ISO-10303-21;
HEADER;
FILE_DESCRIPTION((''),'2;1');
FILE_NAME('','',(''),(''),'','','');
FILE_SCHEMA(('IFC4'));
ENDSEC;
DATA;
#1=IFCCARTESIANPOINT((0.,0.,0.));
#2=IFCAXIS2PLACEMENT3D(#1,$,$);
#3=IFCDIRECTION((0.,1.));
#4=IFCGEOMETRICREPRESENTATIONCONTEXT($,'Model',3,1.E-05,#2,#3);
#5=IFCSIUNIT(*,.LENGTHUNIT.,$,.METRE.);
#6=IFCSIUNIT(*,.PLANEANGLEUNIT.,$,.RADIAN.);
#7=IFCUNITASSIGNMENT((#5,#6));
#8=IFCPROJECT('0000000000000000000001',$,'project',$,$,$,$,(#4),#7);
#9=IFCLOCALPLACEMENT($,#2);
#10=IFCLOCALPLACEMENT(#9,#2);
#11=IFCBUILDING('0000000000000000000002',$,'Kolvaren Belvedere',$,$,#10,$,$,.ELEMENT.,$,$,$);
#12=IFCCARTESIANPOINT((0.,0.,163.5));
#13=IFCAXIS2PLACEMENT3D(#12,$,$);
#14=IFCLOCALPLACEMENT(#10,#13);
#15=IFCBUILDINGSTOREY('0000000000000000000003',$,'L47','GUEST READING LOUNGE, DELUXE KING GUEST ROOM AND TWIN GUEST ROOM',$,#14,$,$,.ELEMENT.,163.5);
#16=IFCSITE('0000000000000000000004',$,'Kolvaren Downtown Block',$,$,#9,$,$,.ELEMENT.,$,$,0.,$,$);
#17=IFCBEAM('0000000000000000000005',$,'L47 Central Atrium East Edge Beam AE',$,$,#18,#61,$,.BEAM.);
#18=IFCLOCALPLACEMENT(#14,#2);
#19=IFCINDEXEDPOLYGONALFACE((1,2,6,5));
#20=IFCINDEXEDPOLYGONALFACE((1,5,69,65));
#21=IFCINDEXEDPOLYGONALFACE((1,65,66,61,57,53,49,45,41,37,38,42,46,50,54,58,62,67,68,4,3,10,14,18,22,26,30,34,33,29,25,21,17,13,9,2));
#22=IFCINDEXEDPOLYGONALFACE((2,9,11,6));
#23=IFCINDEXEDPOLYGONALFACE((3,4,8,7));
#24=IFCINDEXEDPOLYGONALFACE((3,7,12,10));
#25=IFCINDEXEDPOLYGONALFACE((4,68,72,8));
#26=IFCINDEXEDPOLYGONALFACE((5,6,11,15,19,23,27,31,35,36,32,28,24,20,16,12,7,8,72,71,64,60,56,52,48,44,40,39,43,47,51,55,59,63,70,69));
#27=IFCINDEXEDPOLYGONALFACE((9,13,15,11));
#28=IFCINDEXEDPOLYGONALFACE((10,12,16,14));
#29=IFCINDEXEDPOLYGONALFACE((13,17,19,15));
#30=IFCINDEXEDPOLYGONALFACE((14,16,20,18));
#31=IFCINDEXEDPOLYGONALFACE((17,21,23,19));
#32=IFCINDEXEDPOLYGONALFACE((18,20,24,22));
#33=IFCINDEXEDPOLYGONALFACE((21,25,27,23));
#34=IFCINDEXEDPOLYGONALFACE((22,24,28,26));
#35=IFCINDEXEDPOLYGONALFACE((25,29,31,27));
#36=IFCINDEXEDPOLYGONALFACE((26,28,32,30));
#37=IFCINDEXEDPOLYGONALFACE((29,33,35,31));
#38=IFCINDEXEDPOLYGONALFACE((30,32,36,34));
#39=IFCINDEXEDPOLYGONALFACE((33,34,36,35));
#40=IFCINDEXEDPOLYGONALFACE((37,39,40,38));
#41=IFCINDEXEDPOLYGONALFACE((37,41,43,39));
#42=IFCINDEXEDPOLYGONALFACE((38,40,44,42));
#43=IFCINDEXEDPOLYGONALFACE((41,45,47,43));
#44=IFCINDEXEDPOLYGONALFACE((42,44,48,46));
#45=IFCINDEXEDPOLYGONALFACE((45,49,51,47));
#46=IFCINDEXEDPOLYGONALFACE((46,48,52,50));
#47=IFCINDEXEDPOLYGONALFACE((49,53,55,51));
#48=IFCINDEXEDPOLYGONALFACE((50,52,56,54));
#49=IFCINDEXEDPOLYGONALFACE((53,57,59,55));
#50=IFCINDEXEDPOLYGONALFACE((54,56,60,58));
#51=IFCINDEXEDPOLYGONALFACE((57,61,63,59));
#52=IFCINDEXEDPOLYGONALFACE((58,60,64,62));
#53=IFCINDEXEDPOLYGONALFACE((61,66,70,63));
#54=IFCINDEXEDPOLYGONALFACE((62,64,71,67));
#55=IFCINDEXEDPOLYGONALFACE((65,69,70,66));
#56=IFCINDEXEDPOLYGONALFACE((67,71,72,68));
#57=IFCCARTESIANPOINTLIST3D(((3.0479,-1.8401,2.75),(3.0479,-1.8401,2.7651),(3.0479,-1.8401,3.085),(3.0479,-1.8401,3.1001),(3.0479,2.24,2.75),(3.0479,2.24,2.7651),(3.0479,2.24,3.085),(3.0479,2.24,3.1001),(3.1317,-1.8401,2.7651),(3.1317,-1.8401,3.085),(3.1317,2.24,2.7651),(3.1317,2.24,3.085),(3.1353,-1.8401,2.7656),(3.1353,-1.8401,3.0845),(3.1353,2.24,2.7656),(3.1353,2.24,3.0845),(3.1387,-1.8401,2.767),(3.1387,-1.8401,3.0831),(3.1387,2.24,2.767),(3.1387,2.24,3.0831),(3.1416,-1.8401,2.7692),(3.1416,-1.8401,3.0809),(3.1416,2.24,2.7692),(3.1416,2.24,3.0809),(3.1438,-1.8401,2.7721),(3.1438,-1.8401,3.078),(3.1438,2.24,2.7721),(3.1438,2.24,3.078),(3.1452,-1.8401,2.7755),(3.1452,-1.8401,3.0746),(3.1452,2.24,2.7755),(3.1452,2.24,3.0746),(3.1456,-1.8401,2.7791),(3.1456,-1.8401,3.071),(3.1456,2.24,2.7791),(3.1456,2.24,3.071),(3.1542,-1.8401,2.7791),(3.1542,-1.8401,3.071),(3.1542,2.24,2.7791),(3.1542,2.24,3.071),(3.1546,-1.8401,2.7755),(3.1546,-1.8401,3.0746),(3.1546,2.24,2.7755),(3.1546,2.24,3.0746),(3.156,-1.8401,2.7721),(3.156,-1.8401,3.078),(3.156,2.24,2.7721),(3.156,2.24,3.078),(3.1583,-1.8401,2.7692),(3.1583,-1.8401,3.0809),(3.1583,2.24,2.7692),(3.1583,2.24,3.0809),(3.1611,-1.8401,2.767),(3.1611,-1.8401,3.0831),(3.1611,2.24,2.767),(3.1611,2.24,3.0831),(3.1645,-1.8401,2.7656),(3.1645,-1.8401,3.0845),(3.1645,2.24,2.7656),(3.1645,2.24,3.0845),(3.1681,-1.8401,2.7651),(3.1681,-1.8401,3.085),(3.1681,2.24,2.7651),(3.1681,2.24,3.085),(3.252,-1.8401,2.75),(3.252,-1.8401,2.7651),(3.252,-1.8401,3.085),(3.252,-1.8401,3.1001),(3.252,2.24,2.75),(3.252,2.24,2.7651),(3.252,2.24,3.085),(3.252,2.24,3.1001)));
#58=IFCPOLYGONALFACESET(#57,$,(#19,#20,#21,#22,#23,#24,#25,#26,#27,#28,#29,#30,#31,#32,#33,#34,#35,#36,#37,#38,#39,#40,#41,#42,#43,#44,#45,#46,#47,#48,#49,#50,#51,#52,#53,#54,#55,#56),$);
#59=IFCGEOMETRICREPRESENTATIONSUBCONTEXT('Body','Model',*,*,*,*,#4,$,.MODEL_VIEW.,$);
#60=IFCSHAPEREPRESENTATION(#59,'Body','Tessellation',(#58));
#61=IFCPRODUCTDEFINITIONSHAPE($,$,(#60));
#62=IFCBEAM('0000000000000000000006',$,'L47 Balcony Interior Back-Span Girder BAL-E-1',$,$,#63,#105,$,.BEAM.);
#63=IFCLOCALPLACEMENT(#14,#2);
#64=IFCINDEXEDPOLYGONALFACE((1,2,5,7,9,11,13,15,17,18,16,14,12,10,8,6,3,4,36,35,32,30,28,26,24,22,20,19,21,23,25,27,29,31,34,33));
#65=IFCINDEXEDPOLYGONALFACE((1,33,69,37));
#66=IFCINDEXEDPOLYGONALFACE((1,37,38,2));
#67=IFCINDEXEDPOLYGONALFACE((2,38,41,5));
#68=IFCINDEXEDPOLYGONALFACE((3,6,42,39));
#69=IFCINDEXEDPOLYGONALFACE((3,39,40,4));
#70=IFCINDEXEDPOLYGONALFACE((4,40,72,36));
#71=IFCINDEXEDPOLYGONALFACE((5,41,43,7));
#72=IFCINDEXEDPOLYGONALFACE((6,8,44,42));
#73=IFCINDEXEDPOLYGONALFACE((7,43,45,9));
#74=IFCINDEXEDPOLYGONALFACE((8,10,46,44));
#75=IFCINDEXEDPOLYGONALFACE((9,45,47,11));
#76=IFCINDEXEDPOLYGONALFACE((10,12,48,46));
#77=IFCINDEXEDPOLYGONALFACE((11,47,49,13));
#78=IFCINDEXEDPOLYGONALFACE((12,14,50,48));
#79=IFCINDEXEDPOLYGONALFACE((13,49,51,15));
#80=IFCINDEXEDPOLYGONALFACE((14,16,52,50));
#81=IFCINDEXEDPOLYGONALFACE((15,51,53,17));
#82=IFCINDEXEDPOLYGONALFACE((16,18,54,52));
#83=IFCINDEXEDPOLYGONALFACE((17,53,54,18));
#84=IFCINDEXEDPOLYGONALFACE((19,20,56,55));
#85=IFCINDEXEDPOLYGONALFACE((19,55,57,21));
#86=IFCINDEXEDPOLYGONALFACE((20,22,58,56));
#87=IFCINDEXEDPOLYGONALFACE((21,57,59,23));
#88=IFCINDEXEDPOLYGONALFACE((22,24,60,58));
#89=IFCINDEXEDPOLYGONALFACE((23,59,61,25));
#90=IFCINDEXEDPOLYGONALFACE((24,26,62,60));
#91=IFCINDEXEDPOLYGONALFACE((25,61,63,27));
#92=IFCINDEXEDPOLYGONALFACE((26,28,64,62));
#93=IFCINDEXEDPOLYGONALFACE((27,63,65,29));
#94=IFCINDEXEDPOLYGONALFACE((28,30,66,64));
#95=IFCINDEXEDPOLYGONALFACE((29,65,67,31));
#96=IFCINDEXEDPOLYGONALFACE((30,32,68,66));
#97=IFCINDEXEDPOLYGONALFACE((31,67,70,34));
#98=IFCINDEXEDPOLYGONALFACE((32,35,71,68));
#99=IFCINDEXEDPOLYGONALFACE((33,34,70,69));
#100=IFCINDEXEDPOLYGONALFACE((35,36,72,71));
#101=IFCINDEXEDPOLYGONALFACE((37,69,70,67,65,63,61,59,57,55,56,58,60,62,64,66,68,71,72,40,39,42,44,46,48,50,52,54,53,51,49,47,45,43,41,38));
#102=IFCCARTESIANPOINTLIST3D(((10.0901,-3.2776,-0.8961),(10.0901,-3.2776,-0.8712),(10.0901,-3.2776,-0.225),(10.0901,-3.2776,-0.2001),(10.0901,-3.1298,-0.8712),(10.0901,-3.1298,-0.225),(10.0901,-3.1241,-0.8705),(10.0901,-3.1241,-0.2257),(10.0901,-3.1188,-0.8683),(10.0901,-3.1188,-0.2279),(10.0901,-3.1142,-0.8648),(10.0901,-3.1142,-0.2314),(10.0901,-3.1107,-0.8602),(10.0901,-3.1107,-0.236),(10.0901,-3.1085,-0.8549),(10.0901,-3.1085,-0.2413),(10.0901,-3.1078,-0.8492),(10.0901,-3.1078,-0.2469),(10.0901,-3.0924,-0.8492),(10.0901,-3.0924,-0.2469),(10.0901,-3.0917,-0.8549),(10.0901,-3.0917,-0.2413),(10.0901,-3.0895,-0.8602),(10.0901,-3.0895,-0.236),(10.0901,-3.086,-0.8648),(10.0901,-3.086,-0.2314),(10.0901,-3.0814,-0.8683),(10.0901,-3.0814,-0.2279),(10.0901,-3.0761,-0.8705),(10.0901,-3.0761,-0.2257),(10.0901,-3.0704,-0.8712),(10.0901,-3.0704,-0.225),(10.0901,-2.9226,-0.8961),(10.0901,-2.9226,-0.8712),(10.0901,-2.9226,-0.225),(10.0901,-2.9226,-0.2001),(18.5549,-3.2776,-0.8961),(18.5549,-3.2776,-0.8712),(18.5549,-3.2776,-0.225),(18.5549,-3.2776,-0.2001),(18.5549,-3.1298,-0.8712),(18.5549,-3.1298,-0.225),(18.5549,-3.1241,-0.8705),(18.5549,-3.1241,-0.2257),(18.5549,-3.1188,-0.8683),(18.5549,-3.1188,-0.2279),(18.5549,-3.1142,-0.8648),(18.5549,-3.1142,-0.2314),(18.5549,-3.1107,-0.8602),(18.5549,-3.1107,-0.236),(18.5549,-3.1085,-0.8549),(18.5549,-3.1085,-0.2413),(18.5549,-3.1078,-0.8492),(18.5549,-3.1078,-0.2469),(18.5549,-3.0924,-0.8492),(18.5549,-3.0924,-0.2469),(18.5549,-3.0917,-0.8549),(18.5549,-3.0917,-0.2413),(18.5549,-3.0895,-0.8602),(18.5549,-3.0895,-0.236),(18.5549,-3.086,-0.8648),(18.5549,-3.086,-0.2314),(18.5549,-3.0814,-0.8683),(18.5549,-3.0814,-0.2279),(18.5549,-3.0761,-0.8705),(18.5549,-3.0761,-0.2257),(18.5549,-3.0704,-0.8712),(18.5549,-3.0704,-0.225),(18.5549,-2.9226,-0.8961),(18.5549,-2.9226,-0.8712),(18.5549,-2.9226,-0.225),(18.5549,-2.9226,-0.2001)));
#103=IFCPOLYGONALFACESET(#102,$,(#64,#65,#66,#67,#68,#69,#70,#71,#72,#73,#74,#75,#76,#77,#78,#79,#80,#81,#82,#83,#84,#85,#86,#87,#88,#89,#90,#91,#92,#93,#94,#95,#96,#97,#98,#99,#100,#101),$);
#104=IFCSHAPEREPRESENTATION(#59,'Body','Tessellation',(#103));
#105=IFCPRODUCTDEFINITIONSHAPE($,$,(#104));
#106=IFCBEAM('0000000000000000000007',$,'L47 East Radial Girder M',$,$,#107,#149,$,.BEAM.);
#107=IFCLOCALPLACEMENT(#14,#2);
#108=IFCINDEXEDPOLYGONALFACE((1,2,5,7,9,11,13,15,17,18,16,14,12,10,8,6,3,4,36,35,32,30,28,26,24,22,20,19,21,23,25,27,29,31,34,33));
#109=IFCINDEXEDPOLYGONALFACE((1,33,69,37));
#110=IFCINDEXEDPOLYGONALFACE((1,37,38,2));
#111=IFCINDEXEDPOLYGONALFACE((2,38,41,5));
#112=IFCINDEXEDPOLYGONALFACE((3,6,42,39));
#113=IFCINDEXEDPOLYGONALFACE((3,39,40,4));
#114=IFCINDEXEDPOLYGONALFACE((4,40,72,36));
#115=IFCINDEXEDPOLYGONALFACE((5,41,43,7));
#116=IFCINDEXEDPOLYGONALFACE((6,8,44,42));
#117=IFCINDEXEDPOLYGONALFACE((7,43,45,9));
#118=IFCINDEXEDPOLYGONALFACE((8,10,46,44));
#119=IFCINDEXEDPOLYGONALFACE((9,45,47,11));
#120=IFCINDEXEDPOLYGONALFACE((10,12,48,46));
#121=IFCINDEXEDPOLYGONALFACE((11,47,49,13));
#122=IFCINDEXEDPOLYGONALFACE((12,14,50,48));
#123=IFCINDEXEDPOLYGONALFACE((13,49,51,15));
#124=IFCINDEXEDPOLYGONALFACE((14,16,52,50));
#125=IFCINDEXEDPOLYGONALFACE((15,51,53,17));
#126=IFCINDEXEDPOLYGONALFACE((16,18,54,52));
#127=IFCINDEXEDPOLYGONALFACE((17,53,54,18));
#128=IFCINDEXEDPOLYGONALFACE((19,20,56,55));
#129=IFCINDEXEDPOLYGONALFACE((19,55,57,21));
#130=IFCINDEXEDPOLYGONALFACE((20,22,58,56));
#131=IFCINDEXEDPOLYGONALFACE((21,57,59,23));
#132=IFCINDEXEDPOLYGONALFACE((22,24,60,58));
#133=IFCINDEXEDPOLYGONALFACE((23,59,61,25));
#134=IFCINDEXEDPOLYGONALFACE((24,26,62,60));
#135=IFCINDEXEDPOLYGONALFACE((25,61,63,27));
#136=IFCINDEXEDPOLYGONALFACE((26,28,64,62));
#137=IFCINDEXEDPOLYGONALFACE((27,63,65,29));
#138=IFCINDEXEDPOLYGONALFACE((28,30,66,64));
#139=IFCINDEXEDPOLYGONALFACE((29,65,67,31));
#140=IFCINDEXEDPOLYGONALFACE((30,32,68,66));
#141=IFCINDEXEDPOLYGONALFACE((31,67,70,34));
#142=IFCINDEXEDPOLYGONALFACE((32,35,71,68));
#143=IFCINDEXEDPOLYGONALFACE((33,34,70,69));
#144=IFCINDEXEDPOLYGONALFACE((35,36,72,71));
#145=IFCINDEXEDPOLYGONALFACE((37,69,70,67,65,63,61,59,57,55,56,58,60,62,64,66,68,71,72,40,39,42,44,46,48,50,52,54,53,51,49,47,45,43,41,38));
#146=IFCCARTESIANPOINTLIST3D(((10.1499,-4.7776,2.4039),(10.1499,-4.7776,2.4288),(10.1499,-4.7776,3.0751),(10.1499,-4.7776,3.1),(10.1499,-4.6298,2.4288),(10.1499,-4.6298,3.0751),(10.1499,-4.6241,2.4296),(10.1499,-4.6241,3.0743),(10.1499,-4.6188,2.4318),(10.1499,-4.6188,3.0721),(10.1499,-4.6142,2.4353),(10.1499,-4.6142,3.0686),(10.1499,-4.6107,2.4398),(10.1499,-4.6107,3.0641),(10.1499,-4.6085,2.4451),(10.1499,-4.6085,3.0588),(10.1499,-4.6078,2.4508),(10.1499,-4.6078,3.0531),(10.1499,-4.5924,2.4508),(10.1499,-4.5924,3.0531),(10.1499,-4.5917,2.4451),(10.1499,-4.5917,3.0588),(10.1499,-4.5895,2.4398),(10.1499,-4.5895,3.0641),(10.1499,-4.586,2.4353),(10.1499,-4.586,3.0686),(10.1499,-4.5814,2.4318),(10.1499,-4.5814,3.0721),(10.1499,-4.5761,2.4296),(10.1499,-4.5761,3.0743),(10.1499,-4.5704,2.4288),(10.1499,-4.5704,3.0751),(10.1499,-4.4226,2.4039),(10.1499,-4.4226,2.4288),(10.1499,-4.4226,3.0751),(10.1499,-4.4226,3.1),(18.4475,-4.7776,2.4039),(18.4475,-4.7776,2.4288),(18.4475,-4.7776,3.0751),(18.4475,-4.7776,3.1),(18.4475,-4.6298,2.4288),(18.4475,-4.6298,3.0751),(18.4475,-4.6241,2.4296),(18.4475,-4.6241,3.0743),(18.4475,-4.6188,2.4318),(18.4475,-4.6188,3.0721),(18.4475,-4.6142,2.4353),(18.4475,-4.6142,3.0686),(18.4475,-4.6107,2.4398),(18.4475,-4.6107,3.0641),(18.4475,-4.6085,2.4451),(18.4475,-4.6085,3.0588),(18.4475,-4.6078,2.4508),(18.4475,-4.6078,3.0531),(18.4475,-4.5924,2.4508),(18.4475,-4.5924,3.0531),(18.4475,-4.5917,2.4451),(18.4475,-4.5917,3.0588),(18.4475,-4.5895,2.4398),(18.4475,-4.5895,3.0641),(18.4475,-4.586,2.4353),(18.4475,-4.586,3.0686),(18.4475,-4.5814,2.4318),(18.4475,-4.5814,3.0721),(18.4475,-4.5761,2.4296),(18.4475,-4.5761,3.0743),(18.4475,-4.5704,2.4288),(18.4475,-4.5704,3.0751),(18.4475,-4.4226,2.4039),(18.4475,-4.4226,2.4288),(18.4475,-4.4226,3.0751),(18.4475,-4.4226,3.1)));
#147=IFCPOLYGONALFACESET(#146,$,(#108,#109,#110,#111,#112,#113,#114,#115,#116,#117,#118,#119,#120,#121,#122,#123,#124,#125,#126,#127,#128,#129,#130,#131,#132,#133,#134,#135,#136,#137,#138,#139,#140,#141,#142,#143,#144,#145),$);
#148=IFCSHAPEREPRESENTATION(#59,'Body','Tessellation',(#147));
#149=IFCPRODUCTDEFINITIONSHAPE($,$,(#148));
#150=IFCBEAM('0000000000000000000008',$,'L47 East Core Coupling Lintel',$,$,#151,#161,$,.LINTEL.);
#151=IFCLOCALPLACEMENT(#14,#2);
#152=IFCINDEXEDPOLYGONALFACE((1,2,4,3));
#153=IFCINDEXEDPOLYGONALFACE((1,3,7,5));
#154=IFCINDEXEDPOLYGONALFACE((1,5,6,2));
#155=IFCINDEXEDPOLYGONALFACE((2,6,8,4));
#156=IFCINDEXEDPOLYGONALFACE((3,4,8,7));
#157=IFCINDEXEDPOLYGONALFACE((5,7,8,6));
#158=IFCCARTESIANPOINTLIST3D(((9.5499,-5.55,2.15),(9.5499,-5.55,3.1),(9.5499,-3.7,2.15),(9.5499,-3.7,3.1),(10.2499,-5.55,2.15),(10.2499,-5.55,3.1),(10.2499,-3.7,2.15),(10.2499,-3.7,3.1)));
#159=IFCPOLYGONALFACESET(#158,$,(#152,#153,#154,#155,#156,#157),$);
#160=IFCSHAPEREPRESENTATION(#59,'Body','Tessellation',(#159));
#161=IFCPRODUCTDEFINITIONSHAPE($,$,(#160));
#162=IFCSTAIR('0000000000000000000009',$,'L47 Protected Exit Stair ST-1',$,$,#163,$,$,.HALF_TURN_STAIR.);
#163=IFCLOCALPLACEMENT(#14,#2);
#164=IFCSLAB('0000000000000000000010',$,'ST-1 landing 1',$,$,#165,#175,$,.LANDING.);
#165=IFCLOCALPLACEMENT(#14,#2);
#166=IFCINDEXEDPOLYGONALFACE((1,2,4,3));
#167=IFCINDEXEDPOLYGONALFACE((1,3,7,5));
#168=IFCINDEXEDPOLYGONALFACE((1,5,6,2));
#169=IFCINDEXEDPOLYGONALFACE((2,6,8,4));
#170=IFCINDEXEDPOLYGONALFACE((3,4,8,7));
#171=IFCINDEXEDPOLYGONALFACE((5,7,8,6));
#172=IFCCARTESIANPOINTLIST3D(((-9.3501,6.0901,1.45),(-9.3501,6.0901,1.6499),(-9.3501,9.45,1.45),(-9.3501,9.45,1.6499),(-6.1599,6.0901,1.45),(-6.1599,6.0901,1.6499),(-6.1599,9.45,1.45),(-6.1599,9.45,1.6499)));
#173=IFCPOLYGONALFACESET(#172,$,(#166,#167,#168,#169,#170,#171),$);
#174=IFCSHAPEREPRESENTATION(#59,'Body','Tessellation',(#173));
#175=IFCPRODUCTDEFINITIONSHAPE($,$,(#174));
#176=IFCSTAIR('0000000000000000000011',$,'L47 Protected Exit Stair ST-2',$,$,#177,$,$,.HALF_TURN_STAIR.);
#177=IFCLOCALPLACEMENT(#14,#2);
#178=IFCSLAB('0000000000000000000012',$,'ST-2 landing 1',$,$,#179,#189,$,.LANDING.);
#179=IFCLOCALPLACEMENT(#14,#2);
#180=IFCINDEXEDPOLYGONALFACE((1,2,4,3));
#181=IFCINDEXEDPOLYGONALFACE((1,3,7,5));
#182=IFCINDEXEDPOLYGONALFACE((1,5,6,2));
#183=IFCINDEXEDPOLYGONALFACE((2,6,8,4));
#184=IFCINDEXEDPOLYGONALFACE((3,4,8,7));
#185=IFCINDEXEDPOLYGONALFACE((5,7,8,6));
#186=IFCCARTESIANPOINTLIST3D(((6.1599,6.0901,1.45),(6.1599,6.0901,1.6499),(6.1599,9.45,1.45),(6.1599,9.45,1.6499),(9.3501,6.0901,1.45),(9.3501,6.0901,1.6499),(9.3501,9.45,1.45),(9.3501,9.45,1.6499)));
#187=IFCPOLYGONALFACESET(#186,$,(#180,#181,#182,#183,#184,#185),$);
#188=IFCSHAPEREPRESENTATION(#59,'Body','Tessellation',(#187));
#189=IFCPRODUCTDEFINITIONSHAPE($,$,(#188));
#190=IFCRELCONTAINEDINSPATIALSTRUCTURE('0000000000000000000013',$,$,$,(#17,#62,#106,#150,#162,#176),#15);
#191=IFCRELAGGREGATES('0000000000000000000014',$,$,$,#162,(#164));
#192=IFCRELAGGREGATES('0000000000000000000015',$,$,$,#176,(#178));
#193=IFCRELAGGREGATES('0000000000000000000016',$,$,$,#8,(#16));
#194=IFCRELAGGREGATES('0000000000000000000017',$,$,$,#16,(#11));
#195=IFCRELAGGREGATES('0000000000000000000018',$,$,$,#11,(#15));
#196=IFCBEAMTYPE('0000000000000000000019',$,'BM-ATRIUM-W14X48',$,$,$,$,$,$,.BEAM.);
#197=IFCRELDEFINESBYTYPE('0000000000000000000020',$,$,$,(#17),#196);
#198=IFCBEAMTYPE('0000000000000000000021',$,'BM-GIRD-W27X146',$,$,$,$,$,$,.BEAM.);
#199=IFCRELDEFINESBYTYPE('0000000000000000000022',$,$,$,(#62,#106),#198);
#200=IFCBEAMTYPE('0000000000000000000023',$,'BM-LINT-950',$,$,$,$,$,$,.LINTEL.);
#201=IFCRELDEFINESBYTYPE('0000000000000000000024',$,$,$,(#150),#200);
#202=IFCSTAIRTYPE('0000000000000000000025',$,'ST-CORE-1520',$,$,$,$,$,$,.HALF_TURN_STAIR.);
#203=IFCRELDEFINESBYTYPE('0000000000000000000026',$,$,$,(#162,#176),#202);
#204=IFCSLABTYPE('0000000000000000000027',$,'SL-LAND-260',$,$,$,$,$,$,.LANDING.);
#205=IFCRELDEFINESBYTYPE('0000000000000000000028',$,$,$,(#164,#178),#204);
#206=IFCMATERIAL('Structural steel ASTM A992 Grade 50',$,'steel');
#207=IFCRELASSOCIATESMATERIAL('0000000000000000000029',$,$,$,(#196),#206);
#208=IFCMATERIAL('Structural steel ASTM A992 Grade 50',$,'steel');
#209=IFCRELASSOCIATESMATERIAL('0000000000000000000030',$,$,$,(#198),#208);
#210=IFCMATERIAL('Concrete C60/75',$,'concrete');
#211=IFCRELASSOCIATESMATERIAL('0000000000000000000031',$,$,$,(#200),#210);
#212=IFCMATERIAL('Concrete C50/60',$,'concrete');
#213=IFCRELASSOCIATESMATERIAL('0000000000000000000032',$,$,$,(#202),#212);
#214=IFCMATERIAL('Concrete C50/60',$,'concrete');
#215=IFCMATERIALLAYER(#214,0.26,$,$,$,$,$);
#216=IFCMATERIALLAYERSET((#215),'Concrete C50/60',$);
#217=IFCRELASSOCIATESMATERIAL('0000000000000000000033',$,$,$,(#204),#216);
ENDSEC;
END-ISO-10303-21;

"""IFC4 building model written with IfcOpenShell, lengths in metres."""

from ifc_helpers import new_model, si_unit, direction, frame, origin, origin_2d, place, context, subcontext, project, spatial, polyline, rectangle, i_section, outline, extrude, material, layer, layer_set, material_profile, profile_set, type_object, element, aggregate, save


model = new_model("IFC4")

# Units and contexts
model_context = context("Model", 3, precision=1e-05, world=origin(), true_north=direction((0.0, 1.0)))
body_context = subcontext(model_context, "Body", "Model", "MODEL_VIEW")
ifc_project = project(units=[si_unit("LENGTHUNIT", "METRE"), si_unit("PLANEANGLEUNIT", "RADIAN")], contexts=[model_context])

# Site, building, storey
site_placement = place(None, origin())
site = spatial("IfcSite", under=ifc_project, at=site_placement, Name="Kolvaren Downtown Block", CompositionType="ELEMENT", RefElevation=0.0)
building_placement = place(site_placement, origin())
building = spatial("IfcBuilding", under=site, at=building_placement, Name="Kolvaren Belvedere", CompositionType="ELEMENT")
storey_placement = place(building_placement, frame((0.0, 0.0, 163.5)))
storey = spatial("IfcBuildingStorey", under=building, at=storey_placement, Name="L47", Description="GUEST READING LOUNGE, DELUXE KING GUEST ROOM AND TWIN GUEST ROOM", CompositionType="ELEMENT", Elevation=163.5)

# Beams
ifc_material_1 = material(Name="Structural steel ASTM A992 Grade 50", Category="steel")
ifc_material_profile_1 = material_profile(ifc_material_1, i_section(OverallWidth=0.2041, OverallDepth=0.3501, WebThickness=0.0085, FlangeThickness=0.0151, FilletRadius=0.0139, at=origin_2d()), Name="W14X48")
ifc_profile_set_1 = profile_set([ifc_material_profile_1], Name="Structural steel ASTM A992 Grade 50")
beam_type_1 = type_object("IfcBeamType", Name="BM-ATRIUM-W14X48", PredefinedType="BEAM", material=ifc_profile_set_1)
beam_1_placement = place(storey_placement, frame((3.1499, -1.8401, 2.925), z_axis=(0.0, 1.0, 0.0), x_axis=(-1.0, 0.0, 0.0)))
element("IfcBeam", 1, at=beam_1_placement, inside=storey, type_object=beam_type_1, Name="L47 Central Atrium East Edge Beam AE", PredefinedType="BEAM", context=body_context, shape_type="SweptSolid", body=[
    extrude(i_section(OverallWidth=0.2041, OverallDepth=0.3501, WebThickness=0.0085, FlangeThickness=0.0151, FilletRadius=0.0139, at=origin_2d()), origin(), (0.0, 0.0, 1.0), 4.0801),
])
ifc_material_2 = material(Name="Structural steel ASTM A992 Grade 50", Category="steel")
ifc_material_profile_2 = material_profile(ifc_material_2, i_section(OverallWidth=0.355, OverallDepth=0.696, WebThickness=0.0154, FlangeThickness=0.0249, FilletRadius=0.022, at=origin_2d()), Name="W27X146")
ifc_profile_set_2 = profile_set([ifc_material_profile_2], Name="Structural steel ASTM A992 Grade 50")
beam_type_2 = type_object("IfcBeamType", Name="BM-GIRD-W27X146", PredefinedType="BEAM", material=ifc_profile_set_2)
beam_2_placement = place(storey_placement, frame((10.0901, -3.1001, -0.5481), z_axis=(1.0, 0.0, 0.0), x_axis=(0.0, 1.0, 0.0)))
element("IfcBeam", 2, at=beam_2_placement, inside=storey, type_object=beam_type_2, Name="L47 Balcony Interior Back-Span Girder BAL-E-1", PredefinedType="BEAM", context=body_context, shape_type="SweptSolid", body=[
    extrude(i_section(OverallWidth=0.355, OverallDepth=0.696, WebThickness=0.0154, FlangeThickness=0.0249, FilletRadius=0.022, at=origin_2d()), origin(), (0.0, 0.0, 1.0), 8.4648),
])
beam_3_placement = place(storey_placement, frame((10.1499, -4.6001, 2.752), z_axis=(1.0, 0.0, 0.0), x_axis=(0.0, 1.0, 0.0)))
element("IfcBeam", 3, at=beam_3_placement, inside=storey, type_object=beam_type_2, Name="L47 East Radial Girder M", PredefinedType="BEAM", context=body_context, shape_type="SweptSolid", body=[
    extrude(i_section(OverallWidth=0.355, OverallDepth=0.696, WebThickness=0.0154, FlangeThickness=0.0249, FilletRadius=0.022, at=origin_2d()), origin(), (0.0, 0.0, 1.0), 8.2976),
])
ifc_material_3 = material(Name="Concrete C60/75", Category="concrete")
ifc_material_profile_3 = material_profile(ifc_material_3, rectangle(XDim=0.7, YDim=0.95, at=origin_2d()), Name="RC 700X950")
ifc_profile_set_3 = profile_set([ifc_material_profile_3], Name="Concrete C60/75")
beam_type_3 = type_object("IfcBeamType", Name="BM-LINT-950", PredefinedType="LINTEL", material=ifc_profile_set_3)
beam_4_placement = place(storey_placement, frame((9.8999, -5.55, 2.625), z_axis=(0.0, 1.0, 0.0), x_axis=(-1.0, 0.0, 0.0)))
element("IfcBeam", 4, at=beam_4_placement, inside=storey, type_object=beam_type_3, Name="L47 East Core Coupling Lintel", PredefinedType="LINTEL", context=body_context, shape_type="SweptSolid", body=[
    extrude(rectangle(XDim=0.7, YDim=0.95, at=origin_2d()), origin(), (0.0, 0.0, 1.0), 1.8501),
])

# Stairs, slabs
ifc_material_4 = material(Name="Concrete C50/60", Category="concrete")
stair_type = type_object("IfcStairType", Name="ST-CORE-1520", PredefinedType="HALF_TURN_STAIR", material=ifc_material_4)
stair_1_placement = place(storey_placement, origin())
stair_1 = element("IfcStair", 5, at=stair_1_placement, inside=storey, type_object=stair_type, Name="L47 Protected Exit Stair ST-1", PredefinedType="HALF_TURN_STAIR")
ifc_material_5 = material(Name="Concrete C50/60", Category="concrete")
ifc_layer_1 = layer(ifc_material_5, 0.26)
ifc_layer_set_1 = layer_set([ifc_layer_1], Name="Concrete C50/60")
slab_type = type_object("IfcSlabType", Name="SL-LAND-260", PredefinedType="LANDING", material=ifc_layer_set_1)
slab_1_placement = place(storey_placement, frame((0.0, 0.0, 1.45)))
slab_1 = element("IfcSlab", 6, at=slab_1_placement, type_object=slab_type, Name="ST-1 landing 1", PredefinedType="LANDING", context=body_context, shape_type="SweptSolid", body=[
    extrude(outline(polyline([(-6.1599, 6.0901), (-6.1599, 9.45), (-9.3501, 9.45), (-9.3501, 6.0901), (-6.1599, 6.0901)])), origin(), (0.0, 0.0, 1.0), 0.2),
])
aggregate(stair_1, [slab_1])
stair_2_placement = place(storey_placement, origin())
stair_2 = element("IfcStair", 7, at=stair_2_placement, inside=storey, type_object=stair_type, Name="L47 Protected Exit Stair ST-2", PredefinedType="HALF_TURN_STAIR")
slab_2_placement = place(storey_placement, frame((0.0, 0.0, 1.45)))
slab_2 = element("IfcSlab", 8, at=slab_2_placement, type_object=slab_type, Name="ST-2 landing 1", PredefinedType="LANDING", context=body_context, shape_type="SweptSolid", body=[
    extrude(outline(polyline([(9.3501, 6.0901), (9.3501, 9.45), (6.1599, 9.45), (6.1599, 6.0901), (9.3501, 6.0901)])), origin(), (0.0, 0.0, 1.0), 0.2),
])
aggregate(stair_2, [slab_2])

save(model, "model.ifc")
